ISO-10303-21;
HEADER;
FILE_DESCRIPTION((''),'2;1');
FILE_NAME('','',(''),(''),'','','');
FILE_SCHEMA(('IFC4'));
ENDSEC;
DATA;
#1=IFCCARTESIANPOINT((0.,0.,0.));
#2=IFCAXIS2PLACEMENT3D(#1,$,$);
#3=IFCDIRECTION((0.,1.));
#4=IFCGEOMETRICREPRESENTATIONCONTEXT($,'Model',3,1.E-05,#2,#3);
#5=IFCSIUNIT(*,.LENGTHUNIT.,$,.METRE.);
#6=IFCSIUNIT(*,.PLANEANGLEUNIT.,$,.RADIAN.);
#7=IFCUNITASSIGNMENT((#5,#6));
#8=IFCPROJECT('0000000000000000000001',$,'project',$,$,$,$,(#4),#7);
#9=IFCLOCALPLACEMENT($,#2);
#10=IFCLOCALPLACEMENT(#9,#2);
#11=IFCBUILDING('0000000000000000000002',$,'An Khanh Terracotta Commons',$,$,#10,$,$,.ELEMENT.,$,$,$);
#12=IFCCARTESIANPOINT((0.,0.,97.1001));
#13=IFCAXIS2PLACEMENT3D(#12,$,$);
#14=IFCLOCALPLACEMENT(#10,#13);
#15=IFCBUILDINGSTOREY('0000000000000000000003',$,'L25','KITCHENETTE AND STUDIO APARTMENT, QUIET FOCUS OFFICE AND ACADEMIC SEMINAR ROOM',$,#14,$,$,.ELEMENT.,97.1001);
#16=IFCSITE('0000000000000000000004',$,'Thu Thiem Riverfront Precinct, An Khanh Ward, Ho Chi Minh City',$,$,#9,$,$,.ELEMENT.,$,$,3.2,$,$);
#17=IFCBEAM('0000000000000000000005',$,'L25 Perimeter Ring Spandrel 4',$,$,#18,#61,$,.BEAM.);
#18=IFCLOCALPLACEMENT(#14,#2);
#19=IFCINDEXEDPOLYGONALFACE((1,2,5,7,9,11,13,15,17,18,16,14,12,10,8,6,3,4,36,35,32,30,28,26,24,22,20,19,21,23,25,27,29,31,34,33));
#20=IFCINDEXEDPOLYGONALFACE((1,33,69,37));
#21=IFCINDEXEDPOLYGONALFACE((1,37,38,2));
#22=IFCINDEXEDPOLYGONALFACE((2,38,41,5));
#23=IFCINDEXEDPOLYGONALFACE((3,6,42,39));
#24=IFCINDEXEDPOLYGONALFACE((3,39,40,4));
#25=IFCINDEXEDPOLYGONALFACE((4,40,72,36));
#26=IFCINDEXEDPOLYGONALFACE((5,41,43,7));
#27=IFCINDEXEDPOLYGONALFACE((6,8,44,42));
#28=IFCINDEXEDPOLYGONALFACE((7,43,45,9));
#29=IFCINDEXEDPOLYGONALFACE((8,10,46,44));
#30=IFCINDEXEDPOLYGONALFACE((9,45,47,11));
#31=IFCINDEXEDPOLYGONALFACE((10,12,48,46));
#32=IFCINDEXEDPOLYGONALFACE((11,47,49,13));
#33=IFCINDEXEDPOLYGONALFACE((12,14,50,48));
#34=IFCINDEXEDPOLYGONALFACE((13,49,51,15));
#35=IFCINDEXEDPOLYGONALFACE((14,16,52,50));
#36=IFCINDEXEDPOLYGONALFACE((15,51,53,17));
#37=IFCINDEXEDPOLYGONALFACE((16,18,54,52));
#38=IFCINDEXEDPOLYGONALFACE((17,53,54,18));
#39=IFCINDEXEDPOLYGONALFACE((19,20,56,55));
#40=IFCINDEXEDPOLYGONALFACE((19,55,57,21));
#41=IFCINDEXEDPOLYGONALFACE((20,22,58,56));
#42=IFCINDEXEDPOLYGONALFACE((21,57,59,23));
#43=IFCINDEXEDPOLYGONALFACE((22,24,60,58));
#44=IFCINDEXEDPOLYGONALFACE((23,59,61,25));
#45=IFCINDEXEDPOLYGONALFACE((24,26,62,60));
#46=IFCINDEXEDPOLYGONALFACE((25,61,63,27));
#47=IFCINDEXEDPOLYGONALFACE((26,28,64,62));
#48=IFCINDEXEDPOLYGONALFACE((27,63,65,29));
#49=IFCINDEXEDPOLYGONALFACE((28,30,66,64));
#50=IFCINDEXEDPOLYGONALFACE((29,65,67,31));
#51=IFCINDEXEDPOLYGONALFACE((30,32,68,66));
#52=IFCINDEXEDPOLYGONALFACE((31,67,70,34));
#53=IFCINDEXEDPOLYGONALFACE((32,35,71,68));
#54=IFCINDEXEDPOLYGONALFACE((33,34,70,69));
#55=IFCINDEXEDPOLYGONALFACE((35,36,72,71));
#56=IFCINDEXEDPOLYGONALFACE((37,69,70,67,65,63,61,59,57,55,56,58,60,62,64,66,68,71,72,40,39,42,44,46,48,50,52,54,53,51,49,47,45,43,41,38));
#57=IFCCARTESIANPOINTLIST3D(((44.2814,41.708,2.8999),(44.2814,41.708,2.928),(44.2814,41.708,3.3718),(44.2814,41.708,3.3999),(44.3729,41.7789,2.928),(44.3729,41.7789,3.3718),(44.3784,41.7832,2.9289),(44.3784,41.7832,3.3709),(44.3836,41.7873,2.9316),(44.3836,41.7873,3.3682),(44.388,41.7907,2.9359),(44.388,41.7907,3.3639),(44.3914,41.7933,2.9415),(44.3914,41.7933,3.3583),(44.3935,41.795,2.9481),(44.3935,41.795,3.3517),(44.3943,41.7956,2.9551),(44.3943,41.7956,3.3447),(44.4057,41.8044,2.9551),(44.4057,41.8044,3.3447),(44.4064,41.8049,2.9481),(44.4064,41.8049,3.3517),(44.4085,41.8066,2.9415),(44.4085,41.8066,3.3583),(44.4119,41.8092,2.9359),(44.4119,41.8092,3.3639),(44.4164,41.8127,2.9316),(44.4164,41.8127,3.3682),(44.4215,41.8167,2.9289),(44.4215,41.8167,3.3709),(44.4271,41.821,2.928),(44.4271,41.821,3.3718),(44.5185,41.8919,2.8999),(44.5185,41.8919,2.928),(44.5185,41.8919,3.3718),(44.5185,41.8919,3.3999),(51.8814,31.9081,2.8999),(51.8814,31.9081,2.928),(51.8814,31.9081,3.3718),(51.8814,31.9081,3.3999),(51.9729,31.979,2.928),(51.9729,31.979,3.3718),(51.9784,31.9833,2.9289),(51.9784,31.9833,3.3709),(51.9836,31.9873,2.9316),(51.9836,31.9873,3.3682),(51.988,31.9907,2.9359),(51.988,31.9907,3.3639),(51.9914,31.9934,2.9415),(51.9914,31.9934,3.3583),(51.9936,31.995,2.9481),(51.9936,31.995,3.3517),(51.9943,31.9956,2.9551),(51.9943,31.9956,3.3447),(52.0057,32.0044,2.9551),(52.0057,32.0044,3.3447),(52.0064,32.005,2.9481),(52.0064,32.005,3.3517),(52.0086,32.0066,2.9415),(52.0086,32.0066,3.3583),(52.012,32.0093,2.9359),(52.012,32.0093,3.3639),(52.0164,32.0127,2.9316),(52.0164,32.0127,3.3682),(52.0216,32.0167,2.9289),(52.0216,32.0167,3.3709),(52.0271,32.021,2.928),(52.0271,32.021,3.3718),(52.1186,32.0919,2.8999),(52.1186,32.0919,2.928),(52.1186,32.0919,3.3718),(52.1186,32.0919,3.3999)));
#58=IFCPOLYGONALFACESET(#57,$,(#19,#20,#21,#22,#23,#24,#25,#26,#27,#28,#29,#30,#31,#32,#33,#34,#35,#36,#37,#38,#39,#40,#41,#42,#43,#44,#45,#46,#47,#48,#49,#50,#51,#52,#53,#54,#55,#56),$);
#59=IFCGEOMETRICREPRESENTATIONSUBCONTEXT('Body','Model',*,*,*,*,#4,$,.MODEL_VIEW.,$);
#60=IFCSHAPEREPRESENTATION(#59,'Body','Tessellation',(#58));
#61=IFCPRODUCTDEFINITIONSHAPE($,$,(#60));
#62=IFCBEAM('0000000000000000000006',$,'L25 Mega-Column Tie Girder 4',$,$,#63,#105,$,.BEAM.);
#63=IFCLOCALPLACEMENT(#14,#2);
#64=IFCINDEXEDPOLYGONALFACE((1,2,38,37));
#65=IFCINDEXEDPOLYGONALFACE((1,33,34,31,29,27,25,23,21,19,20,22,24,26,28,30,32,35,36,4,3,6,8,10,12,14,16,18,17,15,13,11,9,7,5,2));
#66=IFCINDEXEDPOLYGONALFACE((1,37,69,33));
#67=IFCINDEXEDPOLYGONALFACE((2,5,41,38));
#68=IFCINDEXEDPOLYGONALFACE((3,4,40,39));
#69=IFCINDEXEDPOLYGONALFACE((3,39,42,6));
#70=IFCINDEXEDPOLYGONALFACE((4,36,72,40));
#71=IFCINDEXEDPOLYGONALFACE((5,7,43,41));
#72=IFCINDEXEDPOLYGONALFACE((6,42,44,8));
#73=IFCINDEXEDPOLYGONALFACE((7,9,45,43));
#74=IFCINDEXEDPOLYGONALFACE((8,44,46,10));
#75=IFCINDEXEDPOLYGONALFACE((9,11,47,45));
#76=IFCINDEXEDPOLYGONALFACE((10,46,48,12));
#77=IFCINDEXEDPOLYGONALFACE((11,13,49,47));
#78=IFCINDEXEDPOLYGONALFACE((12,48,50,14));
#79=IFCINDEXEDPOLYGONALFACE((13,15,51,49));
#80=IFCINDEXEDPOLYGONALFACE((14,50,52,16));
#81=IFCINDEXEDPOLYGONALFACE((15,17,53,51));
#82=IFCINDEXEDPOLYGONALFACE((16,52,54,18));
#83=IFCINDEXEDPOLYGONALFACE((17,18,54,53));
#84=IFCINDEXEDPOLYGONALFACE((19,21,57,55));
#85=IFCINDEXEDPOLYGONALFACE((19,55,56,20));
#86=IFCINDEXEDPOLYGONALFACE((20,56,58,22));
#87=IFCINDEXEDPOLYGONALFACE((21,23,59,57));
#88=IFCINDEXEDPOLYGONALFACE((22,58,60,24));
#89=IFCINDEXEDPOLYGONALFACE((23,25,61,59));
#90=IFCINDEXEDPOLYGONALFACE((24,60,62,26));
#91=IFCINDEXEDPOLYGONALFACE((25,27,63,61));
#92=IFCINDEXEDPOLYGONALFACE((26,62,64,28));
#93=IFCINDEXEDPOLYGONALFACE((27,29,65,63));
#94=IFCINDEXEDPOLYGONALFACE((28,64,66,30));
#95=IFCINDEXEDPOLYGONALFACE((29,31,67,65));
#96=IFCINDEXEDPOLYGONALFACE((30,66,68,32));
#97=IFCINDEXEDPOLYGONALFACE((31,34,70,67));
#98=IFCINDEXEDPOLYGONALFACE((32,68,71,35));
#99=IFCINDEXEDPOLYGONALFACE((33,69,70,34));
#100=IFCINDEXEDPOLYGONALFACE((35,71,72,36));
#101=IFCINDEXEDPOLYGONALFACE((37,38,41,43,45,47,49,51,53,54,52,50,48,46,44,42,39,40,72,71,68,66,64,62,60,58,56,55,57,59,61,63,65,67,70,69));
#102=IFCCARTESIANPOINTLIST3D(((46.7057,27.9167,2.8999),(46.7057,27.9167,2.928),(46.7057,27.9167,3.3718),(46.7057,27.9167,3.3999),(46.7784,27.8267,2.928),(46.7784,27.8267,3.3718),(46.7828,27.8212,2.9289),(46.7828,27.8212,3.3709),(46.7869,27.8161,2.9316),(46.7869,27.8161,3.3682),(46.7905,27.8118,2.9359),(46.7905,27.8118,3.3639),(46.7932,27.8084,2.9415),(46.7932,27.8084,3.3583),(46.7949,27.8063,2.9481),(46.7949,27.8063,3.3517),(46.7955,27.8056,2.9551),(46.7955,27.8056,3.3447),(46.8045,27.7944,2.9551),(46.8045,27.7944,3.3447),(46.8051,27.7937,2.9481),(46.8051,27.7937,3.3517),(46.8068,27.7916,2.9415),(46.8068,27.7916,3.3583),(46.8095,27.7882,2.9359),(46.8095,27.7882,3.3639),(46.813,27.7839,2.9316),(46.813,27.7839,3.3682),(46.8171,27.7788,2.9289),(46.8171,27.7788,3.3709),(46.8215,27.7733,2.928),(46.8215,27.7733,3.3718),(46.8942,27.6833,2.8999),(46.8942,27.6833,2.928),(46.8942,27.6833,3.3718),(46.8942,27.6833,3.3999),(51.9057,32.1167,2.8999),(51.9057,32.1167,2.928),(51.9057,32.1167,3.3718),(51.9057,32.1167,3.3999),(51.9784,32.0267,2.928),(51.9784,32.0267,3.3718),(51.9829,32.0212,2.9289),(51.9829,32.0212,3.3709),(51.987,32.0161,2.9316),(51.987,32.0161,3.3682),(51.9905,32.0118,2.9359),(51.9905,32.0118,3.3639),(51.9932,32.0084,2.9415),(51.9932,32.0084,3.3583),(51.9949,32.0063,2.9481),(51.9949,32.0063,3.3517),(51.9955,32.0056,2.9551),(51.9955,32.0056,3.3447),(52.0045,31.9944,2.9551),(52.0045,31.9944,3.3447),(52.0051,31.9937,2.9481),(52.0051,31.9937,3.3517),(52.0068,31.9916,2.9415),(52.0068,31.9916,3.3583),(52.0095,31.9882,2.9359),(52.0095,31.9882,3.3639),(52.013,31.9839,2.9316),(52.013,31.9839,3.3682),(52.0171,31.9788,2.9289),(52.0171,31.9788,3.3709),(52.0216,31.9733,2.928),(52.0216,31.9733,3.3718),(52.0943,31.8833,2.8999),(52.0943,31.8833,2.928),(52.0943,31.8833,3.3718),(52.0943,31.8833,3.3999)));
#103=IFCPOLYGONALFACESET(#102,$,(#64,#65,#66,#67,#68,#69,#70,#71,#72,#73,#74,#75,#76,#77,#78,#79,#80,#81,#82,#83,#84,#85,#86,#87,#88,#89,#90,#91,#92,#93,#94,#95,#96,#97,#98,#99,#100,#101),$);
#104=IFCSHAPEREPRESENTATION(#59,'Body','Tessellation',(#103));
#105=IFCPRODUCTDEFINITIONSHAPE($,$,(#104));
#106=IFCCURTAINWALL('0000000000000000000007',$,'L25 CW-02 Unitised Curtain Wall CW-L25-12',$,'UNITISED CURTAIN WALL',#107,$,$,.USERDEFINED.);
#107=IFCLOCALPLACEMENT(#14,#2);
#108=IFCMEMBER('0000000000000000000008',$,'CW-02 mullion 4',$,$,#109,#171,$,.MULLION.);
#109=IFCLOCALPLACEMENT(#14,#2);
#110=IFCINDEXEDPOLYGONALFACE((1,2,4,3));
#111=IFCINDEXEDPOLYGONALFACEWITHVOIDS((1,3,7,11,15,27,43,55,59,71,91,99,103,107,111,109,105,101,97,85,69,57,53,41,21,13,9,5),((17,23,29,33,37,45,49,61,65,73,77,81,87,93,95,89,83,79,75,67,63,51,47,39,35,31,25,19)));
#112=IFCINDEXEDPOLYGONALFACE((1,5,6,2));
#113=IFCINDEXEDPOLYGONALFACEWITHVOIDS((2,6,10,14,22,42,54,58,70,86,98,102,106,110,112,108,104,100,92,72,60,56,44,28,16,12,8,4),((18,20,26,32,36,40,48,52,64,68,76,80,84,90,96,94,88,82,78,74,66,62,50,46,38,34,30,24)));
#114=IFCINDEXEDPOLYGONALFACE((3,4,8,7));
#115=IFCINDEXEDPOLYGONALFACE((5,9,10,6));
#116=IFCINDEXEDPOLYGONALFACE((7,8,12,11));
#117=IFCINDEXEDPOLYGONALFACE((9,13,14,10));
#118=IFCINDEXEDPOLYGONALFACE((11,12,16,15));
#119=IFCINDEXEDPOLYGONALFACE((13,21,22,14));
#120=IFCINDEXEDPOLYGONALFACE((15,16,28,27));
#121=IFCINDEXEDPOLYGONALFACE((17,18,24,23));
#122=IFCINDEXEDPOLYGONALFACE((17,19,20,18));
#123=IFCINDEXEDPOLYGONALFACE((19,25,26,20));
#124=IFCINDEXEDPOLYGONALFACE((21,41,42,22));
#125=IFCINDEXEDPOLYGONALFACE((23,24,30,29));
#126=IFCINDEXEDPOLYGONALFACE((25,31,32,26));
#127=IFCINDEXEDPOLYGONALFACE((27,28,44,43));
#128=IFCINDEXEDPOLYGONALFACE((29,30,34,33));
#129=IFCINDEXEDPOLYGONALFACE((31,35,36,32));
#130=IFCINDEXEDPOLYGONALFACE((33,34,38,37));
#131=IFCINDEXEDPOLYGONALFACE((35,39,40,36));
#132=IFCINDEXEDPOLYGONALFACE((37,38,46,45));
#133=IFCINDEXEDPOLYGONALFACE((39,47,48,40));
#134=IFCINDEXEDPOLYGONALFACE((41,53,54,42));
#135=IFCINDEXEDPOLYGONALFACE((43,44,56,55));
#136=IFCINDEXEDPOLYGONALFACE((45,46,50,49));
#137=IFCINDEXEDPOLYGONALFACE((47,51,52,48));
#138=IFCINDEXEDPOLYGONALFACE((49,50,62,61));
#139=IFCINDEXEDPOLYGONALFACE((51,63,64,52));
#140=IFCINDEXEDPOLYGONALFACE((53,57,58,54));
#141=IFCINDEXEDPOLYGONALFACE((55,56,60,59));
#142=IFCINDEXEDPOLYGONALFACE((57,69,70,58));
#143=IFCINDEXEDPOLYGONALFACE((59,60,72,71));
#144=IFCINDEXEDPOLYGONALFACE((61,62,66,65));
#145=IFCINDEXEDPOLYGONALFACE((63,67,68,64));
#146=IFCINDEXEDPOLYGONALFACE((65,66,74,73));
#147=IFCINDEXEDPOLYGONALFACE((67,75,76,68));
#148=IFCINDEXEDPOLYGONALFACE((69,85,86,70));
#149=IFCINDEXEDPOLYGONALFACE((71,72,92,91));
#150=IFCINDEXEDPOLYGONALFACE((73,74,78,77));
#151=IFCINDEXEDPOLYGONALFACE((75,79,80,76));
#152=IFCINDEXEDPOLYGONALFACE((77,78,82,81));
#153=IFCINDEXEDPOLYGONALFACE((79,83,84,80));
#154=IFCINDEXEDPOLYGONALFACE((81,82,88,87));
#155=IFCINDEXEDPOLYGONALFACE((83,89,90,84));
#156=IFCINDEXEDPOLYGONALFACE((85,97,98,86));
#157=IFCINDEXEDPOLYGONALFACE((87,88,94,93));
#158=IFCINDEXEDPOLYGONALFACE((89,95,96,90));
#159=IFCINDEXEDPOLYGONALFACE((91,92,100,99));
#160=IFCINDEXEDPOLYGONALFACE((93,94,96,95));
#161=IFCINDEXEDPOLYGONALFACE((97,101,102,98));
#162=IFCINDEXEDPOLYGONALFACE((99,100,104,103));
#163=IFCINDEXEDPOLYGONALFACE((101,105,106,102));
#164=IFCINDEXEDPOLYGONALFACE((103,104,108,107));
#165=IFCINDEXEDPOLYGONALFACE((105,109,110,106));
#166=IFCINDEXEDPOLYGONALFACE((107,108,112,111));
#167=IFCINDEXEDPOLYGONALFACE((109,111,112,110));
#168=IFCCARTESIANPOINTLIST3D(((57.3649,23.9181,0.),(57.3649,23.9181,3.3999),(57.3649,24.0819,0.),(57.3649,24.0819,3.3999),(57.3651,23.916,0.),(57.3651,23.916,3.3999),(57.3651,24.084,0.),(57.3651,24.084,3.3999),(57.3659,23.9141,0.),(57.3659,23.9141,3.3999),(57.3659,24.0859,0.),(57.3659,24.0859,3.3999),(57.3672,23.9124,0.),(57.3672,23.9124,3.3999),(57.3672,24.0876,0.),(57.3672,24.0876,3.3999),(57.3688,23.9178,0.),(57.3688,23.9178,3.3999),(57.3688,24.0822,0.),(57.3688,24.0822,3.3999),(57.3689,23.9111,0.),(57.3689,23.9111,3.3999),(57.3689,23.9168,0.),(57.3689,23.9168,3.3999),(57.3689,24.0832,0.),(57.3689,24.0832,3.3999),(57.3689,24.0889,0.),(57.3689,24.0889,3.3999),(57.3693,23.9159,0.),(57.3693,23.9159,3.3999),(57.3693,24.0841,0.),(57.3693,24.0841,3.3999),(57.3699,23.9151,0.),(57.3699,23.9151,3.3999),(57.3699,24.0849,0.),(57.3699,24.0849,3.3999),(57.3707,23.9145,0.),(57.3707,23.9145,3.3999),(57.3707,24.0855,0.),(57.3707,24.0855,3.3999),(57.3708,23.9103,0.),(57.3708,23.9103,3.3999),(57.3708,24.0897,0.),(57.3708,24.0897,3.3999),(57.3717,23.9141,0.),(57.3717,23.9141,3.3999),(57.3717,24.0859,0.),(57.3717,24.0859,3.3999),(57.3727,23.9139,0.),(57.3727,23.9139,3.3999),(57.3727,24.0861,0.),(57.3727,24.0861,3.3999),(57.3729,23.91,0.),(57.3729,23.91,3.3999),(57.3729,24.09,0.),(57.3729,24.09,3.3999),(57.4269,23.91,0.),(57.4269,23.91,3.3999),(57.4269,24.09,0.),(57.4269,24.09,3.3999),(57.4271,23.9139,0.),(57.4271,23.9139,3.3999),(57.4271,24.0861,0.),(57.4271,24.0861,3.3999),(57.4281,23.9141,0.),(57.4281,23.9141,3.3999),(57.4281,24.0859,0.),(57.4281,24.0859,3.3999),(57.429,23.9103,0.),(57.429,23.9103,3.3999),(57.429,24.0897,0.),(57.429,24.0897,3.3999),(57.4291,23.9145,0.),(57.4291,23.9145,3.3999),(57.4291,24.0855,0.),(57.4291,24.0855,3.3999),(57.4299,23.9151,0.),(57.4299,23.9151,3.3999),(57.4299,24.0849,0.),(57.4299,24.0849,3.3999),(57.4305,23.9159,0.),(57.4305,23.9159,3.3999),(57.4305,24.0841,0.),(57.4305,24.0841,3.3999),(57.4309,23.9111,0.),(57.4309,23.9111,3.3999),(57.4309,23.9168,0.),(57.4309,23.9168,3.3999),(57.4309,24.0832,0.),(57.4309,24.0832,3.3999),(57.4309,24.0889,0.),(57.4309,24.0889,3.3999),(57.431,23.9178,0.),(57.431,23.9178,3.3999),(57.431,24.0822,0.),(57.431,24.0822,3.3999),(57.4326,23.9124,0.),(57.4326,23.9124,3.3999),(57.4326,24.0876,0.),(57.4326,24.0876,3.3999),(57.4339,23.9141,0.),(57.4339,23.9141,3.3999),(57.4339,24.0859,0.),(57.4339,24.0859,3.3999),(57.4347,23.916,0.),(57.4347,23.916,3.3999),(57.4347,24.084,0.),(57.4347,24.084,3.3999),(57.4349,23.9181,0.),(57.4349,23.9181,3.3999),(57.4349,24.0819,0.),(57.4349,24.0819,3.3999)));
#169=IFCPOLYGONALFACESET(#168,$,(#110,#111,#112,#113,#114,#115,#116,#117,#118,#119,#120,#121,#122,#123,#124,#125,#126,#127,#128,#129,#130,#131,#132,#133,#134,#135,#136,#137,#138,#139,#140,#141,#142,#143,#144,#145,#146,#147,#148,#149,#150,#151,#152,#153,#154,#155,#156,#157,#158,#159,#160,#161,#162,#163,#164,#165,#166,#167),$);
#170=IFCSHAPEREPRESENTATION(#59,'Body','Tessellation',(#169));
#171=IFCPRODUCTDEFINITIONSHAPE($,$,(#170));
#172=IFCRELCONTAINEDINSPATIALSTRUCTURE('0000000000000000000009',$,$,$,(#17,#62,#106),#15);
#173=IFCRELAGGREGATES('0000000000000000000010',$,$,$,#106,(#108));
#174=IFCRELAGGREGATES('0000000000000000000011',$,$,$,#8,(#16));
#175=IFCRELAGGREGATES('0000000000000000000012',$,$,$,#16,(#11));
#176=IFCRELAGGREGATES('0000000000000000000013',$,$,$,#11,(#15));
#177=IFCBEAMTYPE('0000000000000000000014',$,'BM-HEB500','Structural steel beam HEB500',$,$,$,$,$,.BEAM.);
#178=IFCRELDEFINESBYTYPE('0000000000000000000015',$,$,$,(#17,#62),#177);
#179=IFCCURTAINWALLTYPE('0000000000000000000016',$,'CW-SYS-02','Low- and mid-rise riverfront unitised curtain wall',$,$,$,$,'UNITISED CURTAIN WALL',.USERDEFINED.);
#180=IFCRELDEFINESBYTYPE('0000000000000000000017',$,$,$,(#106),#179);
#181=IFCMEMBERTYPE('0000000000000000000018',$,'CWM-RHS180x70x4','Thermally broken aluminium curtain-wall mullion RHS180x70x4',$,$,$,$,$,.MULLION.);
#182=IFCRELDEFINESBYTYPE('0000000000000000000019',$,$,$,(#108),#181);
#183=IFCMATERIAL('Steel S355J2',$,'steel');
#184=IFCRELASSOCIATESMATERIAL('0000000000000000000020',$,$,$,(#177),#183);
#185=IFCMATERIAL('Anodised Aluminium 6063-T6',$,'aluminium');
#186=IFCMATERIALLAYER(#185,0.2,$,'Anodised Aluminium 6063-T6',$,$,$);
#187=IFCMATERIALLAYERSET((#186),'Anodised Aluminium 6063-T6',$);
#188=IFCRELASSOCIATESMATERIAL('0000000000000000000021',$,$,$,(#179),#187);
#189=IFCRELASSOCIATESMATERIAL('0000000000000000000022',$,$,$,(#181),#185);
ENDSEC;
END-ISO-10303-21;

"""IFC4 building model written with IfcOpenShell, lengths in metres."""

from ifc_helpers import new_model, si_unit, direction, frame, origin, origin_2d, place, context, subcontext, project, spatial, hollow_rectangle, i_section, extrude, material, layer, layer_set, material_profile, profile_set, type_object, element, aggregate, save


model = new_model("IFC4")

# Units and contexts
model_context = context("Model", 3, precision=1e-05, world=origin(), true_north=direction((0.0, 1.0)))
body_context = subcontext(model_context, "Body", "Model", "MODEL_VIEW")
ifc_project = project(units=[si_unit("LENGTHUNIT", "METRE"), si_unit("PLANEANGLEUNIT", "RADIAN")], contexts=[model_context])

# Site, building, storey
site_placement = place(None, origin())
site = spatial("IfcSite", under=ifc_project, at=site_placement, Name="Thu Thiem Riverfront Precinct, An Khanh Ward, Ho Chi Minh City", CompositionType="ELEMENT", RefElevation=3.2)
building_placement = place(site_placement, origin())
building = spatial("IfcBuilding", under=site, at=building_placement, Name="An Khanh Terracotta Commons", CompositionType="ELEMENT")
storey_placement = place(building_placement, frame((0.0, 0.0, 97.1001)))
storey = spatial("IfcBuildingStorey", under=building, at=storey_placement, Name="L25", Description="KITCHENETTE AND STUDIO APARTMENT, QUIET FOCUS OFFICE AND ACADEMIC SEMINAR ROOM", CompositionType="ELEMENT", Elevation=97.1001)

# Beams
ifc_material_1 = material(Name="Steel S355J2", Category="steel")
ifc_material_profile_1 = material_profile(ifc_material_1, i_section(OverallWidth=0.3, OverallDepth=0.5, WebThickness=0.0144, FlangeThickness=0.0281, FilletRadius=0.0271, at=origin_2d()), Name="HEB500")
ifc_profile_set_1 = profile_set([ifc_material_profile_1], Name="Steel S355J2")
beam_type = type_object("IfcBeamType", Name="BM-HEB500", Description="Structural steel beam HEB500", PredefinedType="BEAM", material=ifc_profile_set_1)
beam_1_placement = place(storey_placement, frame((52.0, 32.0, 3.1499), z_axis=(-0.612827, 0.790217, 0.0), x_axis=(-0.790217, -0.612827, 0.0)))
element("IfcBeam", 1, at=beam_1_placement, inside=storey, type_object=beam_type, Name="L25 Perimeter Ring Spandrel 4", PredefinedType="BEAM", context=body_context, shape_type="SweptSolid", body=[
    extrude(i_section(OverallWidth=0.3, OverallDepth=0.5, WebThickness=0.0144, FlangeThickness=0.0281, FilletRadius=0.0271, at=origin_2d()), origin(), (0.0, 0.0, 1.0), 12.4016),
])
beam_2_placement = place(storey_placement, frame((52.0, 32.0, 3.1499), z_axis=(-0.777942, -0.628336, 0.0), x_axis=(0.628336, -0.777942, 0.0)))
element("IfcBeam", 2, at=beam_2_placement, inside=storey, type_object=beam_type, Name="L25 Mega-Column Tie Girder 4", PredefinedType="BEAM", context=body_context, shape_type="SweptSolid", body=[
    extrude(i_section(OverallWidth=0.3, OverallDepth=0.5, WebThickness=0.0144, FlangeThickness=0.0281, FilletRadius=0.0271, at=origin_2d()), origin(), (0.0, 0.0, 1.0), 6.6843),
])

# Curtain wall, member
ifc_material_2 = material(Name="Anodised Aluminium 6063-T6", Category="aluminium")
ifc_layer_1 = layer(ifc_material_2, 0.2, Name="Anodised Aluminium 6063-T6")
ifc_layer_set_1 = layer_set([ifc_layer_1], Name="Anodised Aluminium 6063-T6")
curtain_wall_type = type_object("IfcCurtainWallType", Name="CW-SYS-02", Description="Low- and mid-rise riverfront unitised curtain wall", ElementType="UNITISED CURTAIN WALL", PredefinedType="USERDEFINED", material=ifc_layer_set_1)
curtain_wall_1_placement = place(storey_placement, origin())
curtain_wall_1 = element("IfcCurtainWall", 3, at=curtain_wall_1_placement, inside=storey, type_object=curtain_wall_type, Name="L25 CW-02 Unitised Curtain Wall CW-L25-12", ObjectType="UNITISED CURTAIN WALL", PredefinedType="USERDEFINED")
ifc_material_profile_2 = material_profile(ifc_material_2, hollow_rectangle(XDim=0.0701, YDim=0.1799, WallThickness=0.0039, InnerFilletRadius=0.0039, OuterFilletRadius=0.0081, at=origin_2d()), Name="RHS180x70x4")
ifc_profile_set_2 = profile_set([ifc_material_profile_2], Name="Anodised Aluminium 6063-T6")
member_type_1 = type_object("IfcMemberType", Name="CWM-RHS180x70x4", Description="Thermally broken aluminium curtain-wall mullion RHS180x70x4", PredefinedType="MULLION", material=ifc_profile_set_2)
member_1_placement = place(storey_placement, frame((57.3999, 24.0, 0.0), z_axis=(0.0, 0.0, 1.0), x_axis=(-1.0, 0.0, 0.0)))
member_1 = element("IfcMember", 4, at=member_1_placement, type_object=member_type_1, Name="CW-02 mullion 4", PredefinedType="MULLION", context=body_context, shape_type="SweptSolid", body=[
    extrude(hollow_rectangle(XDim=0.0701, YDim=0.1799, WallThickness=0.0039, InnerFilletRadius=0.0039, OuterFilletRadius=0.0081, at=origin_2d()), origin(), (0.0, 0.0, 1.0), 3.3999),
])

aggregate(curtain_wall_1, [member_1])

save(model, "model.ifc")
